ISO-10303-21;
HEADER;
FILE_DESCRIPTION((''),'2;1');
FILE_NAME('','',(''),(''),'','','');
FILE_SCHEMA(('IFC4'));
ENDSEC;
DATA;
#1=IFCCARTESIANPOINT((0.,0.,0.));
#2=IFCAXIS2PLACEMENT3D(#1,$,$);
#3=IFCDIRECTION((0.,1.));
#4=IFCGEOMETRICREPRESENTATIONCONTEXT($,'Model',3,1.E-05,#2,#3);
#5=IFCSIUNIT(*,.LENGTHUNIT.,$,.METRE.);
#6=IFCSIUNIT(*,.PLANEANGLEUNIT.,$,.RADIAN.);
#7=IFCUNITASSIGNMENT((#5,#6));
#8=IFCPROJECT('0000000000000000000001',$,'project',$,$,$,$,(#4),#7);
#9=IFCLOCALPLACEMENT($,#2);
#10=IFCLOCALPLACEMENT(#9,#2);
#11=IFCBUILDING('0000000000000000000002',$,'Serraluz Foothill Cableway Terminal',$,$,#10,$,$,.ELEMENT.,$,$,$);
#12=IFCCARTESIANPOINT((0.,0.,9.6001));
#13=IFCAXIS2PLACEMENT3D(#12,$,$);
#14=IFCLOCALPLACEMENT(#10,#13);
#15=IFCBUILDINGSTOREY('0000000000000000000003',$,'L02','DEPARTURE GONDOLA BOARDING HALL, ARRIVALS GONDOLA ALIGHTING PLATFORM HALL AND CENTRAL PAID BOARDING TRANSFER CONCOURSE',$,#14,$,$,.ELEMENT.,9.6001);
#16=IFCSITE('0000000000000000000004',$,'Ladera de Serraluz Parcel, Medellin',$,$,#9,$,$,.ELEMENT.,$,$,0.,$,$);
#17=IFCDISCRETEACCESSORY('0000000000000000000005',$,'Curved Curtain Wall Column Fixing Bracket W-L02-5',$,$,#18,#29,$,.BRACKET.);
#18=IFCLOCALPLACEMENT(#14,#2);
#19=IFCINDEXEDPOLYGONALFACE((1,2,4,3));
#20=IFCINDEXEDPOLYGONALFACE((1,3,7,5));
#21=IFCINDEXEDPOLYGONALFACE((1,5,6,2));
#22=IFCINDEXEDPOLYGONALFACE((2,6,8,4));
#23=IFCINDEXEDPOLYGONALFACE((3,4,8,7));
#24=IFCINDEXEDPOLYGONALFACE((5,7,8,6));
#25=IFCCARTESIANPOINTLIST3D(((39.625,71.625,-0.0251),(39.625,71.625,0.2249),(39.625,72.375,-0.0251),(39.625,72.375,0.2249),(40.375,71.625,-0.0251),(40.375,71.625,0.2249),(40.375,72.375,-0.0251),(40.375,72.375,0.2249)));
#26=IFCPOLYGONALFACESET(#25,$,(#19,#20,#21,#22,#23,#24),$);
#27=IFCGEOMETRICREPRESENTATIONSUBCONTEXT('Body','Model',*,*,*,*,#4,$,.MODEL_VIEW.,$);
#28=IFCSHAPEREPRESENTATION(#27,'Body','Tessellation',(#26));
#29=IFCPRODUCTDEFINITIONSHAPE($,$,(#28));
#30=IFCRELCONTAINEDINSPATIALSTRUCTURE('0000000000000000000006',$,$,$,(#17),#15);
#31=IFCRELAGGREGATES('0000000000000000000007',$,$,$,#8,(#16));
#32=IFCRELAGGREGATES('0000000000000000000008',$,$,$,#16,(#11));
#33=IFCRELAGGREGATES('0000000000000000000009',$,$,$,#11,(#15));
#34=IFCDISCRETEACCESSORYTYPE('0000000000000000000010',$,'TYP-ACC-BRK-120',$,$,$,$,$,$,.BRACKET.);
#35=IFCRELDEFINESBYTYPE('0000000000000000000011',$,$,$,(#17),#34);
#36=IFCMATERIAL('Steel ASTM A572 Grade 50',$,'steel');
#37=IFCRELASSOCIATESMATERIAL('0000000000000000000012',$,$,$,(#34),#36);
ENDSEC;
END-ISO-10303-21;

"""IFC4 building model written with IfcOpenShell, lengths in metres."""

from ifc_helpers import new_model, si_unit, direction, frame, origin, origin_2d, place, context, subcontext, project, spatial, rectangle, extrude, material, type_object, element, save


model = new_model("IFC4")

# Units and contexts
model_context = context("Model", 3, precision=1e-05, world=origin(), true_north=direction((0.0, 1.0)))
body_context = subcontext(model_context, "Body", "Model", "MODEL_VIEW")
ifc_project = project(units=[si_unit("LENGTHUNIT", "METRE"), si_unit("PLANEANGLEUNIT", "RADIAN")], contexts=[model_context])

# Site, building, storey
site_placement = place(None, origin())
site = spatial("IfcSite", under=ifc_project, at=site_placement, Name="Ladera de Serraluz Parcel, Medellin", CompositionType="ELEMENT", RefElevation=0.0)
building_placement = place(site_placement, origin())
building = spatial("IfcBuilding", under=site, at=building_placement, Name="Serraluz Foothill Cableway Terminal", CompositionType="ELEMENT")
storey_placement = place(building_placement, frame((0.0, 0.0, 9.6001)))
storey = spatial("IfcBuildingStorey", under=building, at=storey_placement, Name="L02", Description="DEPARTURE GONDOLA BOARDING HALL, ARRIVALS GONDOLA ALIGHTING PLATFORM HALL AND CENTRAL PAID BOARDING TRANSFER CONCOURSE", CompositionType="ELEMENT", Elevation=9.6001)

# Shared definitions
ifc_material_1 = material(Name="Steel ASTM A572 Grade 50", Category="steel")

# Discrete accessory
discrete_accessory_type = type_object("IfcDiscreteAccessoryType", Name="TYP-ACC-BRK-120", PredefinedType="BRACKET", material=ifc_material_1)
discrete_accessory_placement = place(storey_placement, frame((40.0, 72.0, -0.0251), z_axis=(0.0, 0.0, 1.0), x_axis=(1.0, 0.0, 0.0)))
element("IfcDiscreteAccessory", 1, at=discrete_accessory_placement, inside=storey, type_object=discrete_accessory_type, Name="Curved Curtain Wall Column Fixing Bracket W-L02-5", PredefinedType="BRACKET", context=body_context, shape_type="SweptSolid", body=[
    extrude(rectangle(XDim=0.75, YDim=0.75, at=origin_2d()), origin(), (0.0, 0.0, 1.0), 0.25),
])

save(model, "model.ifc")
